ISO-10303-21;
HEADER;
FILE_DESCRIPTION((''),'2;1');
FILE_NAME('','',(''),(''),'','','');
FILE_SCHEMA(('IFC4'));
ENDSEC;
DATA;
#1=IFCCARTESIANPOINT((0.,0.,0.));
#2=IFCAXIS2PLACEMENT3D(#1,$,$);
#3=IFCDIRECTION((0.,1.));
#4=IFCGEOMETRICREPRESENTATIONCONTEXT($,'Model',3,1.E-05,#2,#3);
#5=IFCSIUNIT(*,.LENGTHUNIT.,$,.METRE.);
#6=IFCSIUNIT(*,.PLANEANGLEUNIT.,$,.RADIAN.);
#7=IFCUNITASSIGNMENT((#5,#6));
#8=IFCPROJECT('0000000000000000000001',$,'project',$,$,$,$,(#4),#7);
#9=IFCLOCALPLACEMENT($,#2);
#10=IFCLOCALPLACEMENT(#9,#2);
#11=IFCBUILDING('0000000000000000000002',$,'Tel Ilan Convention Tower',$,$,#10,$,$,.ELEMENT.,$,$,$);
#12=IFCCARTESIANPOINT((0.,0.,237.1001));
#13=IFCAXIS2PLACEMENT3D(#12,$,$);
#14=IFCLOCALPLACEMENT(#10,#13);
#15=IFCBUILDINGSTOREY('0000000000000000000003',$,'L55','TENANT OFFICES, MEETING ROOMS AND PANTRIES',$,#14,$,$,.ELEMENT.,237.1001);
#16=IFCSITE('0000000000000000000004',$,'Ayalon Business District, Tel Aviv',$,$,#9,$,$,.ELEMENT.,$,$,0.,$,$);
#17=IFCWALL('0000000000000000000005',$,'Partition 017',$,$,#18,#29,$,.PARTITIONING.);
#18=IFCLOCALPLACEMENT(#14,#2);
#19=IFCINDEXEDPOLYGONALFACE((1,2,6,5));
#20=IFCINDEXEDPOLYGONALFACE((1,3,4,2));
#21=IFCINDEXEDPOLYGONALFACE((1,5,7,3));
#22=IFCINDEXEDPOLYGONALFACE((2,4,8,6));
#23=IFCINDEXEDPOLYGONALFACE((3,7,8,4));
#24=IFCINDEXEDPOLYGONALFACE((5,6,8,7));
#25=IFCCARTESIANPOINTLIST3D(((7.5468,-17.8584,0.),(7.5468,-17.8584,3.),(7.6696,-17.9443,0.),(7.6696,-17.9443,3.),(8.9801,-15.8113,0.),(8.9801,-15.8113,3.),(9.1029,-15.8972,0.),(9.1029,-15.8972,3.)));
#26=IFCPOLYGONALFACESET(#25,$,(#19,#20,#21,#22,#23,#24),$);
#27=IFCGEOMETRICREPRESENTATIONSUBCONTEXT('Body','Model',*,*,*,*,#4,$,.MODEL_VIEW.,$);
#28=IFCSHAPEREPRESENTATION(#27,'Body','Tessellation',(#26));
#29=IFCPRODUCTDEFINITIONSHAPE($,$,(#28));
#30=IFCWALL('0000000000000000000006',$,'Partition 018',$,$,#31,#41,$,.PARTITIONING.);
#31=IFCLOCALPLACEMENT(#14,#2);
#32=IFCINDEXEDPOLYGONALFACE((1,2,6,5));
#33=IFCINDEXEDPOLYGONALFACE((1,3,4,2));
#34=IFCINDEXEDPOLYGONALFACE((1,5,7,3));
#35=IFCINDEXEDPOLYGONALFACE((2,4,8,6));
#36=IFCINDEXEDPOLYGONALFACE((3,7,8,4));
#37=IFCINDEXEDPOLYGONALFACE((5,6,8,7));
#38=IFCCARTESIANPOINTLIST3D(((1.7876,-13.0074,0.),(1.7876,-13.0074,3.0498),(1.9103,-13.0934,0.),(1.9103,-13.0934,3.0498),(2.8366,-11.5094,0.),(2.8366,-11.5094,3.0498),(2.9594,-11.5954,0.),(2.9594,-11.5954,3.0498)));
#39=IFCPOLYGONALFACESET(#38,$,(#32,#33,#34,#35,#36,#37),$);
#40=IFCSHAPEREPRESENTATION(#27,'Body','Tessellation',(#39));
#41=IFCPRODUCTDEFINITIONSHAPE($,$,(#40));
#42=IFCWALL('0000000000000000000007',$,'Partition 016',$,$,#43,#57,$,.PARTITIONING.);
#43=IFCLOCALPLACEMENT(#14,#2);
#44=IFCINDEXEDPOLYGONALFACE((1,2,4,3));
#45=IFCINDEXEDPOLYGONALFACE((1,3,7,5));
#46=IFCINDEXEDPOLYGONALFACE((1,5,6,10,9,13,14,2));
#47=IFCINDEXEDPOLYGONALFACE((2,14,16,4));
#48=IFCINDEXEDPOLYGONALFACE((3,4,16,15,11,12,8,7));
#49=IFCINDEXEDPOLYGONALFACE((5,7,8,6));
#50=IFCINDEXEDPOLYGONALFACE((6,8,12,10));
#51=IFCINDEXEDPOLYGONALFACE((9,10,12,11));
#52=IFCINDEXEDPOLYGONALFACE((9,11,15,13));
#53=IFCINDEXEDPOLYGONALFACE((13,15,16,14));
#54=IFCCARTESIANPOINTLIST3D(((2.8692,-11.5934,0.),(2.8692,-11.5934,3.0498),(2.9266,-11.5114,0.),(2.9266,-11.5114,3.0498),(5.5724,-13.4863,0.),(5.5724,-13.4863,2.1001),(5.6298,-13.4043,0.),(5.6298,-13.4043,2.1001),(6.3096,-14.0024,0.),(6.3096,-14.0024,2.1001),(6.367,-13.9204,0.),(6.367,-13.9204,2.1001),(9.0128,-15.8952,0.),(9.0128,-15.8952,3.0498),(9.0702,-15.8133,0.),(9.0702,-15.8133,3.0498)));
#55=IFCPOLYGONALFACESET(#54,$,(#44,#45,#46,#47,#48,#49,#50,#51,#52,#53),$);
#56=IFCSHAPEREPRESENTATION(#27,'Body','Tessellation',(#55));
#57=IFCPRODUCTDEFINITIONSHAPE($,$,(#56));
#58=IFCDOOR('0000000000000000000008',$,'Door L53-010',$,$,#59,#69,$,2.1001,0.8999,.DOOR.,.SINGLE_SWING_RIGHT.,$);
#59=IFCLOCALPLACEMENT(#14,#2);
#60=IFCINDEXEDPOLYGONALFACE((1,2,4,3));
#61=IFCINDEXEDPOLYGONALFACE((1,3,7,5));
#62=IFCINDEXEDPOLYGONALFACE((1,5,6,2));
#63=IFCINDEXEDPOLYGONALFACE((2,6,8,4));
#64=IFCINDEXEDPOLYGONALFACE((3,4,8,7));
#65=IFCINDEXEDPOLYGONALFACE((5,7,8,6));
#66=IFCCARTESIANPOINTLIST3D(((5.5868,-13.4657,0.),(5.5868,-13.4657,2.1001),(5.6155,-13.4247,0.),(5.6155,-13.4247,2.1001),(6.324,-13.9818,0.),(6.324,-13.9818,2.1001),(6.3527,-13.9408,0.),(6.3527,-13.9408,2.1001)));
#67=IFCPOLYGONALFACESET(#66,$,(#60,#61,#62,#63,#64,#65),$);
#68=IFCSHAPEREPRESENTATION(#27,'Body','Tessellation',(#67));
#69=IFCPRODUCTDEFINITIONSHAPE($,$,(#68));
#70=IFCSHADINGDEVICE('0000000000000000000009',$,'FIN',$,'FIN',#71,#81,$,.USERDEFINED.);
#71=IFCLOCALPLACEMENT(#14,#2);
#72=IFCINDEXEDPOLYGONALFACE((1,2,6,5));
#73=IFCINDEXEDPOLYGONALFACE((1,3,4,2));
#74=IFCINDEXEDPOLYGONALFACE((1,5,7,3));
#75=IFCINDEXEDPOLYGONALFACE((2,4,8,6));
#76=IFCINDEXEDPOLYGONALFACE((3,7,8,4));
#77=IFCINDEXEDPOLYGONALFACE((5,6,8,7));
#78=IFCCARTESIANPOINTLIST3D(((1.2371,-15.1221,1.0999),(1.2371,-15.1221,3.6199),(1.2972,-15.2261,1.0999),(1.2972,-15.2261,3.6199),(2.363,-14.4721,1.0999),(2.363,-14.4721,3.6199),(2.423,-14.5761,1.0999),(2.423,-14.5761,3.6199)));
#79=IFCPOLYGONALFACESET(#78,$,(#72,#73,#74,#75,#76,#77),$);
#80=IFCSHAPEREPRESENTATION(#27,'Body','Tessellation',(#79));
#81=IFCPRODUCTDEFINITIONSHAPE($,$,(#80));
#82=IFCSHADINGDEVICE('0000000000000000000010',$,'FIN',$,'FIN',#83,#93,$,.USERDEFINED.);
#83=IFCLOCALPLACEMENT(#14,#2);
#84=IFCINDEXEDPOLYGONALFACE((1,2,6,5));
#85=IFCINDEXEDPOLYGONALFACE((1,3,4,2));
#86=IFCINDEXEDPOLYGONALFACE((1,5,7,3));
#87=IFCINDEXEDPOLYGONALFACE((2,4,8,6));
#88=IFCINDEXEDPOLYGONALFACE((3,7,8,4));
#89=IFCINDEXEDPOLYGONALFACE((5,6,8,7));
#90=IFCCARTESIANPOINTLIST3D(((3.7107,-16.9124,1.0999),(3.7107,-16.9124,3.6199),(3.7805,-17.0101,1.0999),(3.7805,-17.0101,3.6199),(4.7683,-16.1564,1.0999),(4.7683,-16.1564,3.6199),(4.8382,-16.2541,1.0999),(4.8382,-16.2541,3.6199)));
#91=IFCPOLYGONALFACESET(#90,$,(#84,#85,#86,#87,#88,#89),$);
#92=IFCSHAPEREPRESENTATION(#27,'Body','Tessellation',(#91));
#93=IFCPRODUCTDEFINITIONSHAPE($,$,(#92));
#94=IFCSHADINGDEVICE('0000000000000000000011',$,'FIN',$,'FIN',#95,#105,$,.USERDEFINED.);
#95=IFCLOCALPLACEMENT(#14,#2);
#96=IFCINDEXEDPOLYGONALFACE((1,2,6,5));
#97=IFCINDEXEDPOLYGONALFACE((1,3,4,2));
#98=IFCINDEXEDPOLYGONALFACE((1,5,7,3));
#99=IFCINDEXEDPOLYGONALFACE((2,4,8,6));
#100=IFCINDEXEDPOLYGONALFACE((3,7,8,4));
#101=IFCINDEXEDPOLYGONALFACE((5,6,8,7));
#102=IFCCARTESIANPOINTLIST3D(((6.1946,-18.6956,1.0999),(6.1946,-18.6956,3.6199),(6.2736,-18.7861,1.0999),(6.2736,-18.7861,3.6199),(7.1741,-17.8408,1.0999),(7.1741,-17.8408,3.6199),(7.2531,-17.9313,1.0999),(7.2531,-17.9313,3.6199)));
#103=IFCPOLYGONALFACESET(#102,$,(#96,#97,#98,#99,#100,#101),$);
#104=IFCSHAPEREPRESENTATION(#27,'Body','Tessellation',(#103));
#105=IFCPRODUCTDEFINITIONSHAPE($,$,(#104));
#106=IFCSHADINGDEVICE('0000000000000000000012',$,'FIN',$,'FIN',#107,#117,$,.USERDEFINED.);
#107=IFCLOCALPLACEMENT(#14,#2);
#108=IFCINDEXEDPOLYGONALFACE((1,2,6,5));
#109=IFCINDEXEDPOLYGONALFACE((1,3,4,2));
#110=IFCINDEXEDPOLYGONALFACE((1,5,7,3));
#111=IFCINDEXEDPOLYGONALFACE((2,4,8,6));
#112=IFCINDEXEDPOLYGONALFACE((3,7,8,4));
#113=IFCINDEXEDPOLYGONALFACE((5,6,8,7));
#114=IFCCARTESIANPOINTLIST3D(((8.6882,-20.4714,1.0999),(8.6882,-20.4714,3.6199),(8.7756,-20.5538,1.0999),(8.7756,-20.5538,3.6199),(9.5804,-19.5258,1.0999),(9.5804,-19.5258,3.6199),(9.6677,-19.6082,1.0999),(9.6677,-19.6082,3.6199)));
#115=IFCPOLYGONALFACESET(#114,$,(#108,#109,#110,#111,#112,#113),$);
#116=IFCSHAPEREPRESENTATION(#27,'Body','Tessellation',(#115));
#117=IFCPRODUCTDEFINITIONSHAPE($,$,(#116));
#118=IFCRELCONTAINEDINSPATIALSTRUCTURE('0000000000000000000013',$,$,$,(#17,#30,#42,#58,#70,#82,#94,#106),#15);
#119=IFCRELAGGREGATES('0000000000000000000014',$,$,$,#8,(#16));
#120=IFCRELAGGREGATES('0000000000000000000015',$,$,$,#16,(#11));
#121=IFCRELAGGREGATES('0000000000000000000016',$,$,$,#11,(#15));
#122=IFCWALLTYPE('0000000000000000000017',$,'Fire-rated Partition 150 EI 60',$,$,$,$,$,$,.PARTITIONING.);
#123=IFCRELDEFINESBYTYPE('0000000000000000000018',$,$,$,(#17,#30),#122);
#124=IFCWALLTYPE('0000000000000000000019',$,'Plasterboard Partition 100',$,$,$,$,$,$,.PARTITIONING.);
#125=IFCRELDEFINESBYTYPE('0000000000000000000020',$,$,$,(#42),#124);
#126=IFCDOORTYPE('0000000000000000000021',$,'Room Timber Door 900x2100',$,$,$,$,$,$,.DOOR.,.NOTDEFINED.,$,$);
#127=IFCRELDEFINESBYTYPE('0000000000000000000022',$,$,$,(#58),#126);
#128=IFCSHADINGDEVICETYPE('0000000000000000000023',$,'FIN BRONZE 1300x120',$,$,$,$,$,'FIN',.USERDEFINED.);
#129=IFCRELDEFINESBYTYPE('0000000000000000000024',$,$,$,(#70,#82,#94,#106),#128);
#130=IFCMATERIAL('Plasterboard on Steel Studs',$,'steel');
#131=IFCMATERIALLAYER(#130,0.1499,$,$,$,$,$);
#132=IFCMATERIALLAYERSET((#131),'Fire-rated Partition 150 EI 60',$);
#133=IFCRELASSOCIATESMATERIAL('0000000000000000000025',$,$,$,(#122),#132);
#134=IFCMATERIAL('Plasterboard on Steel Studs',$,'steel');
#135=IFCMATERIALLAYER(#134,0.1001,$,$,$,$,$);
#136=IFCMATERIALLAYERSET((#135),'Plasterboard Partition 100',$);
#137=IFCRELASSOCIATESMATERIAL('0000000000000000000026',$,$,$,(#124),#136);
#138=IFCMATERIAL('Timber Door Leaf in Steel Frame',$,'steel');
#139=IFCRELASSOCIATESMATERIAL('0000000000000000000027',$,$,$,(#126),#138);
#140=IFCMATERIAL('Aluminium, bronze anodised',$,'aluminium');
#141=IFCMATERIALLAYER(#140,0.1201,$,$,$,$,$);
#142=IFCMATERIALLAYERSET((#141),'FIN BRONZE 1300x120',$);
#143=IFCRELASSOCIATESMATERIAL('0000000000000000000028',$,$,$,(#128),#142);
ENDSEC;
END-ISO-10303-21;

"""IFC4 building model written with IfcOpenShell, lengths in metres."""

from ifc_helpers import new_model, si_unit, direction, frame, frame_2d, origin, origin_2d, place, context, subcontext, project, spatial, rectangle, extrude, material, layer, layer_set, type_object, element, fill, save


model = new_model("IFC4")

# Units and contexts
model_context = context("Model", 3, precision=1e-05, world=origin(), true_north=direction((0.0, 1.0)))
body_context = subcontext(model_context, "Body", "Model", "MODEL_VIEW")
ifc_project = project(units=[si_unit("LENGTHUNIT", "METRE"), si_unit("PLANEANGLEUNIT", "RADIAN")], contexts=[model_context])

# Site, building, storey
site_placement = place(None, origin())
site = spatial("IfcSite", under=ifc_project, at=site_placement, Name="Ayalon Business District, Tel Aviv", CompositionType="ELEMENT", RefElevation=0.0)
building_placement = place(site_placement, origin())
building = spatial("IfcBuilding", under=site, at=building_placement, Name="Tel Ilan Convention Tower", CompositionType="ELEMENT")
storey_placement = place(building_placement, frame((0.0, 0.0, 237.1001)))
storey = spatial("IfcBuildingStorey", under=building, at=storey_placement, Name="L55", Description="TENANT OFFICES, MEETING ROOMS AND PANTRIES", CompositionType="ELEMENT", Elevation=237.1001)

# Walls
ifc_material_1 = material(Name="Plasterboard on Steel Studs", Category="steel")
ifc_layer_1 = layer(ifc_material_1, 0.1499)
ifc_layer_set_1 = layer_set([ifc_layer_1], Name="Fire-rated Partition 150 EI 60")
wall_type_1 = type_object("IfcWallType", Name="Fire-rated Partition 150 EI 60", PredefinedType="PARTITIONING", material=ifc_layer_set_1)
wall_1_placement = place(storey_placement, frame((9.0415, -15.8542, 0.0), z_axis=(0.0, 0.0, 1.0), x_axis=(-0.573561, -0.819163, 0.0)))
element("IfcWall", 1, at=wall_1_placement, inside=storey, type_object=wall_type_1, Name="Partition 017", PredefinedType="PARTITIONING", context=body_context, shape_type="SweptSolid", body=[
    extrude(rectangle(XDim=2.499, YDim=0.1499, at=frame_2d((1.2495, 0.0))), origin(), (0.0, 0.0, 1.0), 3.0),
])
wall_2_placement = place(storey_placement, frame((1.8489, -13.0505, 0.0), z_axis=(0.0, 0.0, 1.0), x_axis=(0.573624, 0.819119, 0.0)))
element("IfcWall", 2, at=wall_2_placement, inside=storey, type_object=wall_type_1, Name="Partition 018", PredefinedType="PARTITIONING", context=body_context, shape_type="SweptSolid", body=[
    extrude(rectangle(XDim=1.8289, YDim=0.1499, at=frame_2d((0.9146, 0.0))), origin(), (0.0, 0.0, 1.0), 3.0498),
])

# Wall, opening, door
ifc_material_2 = material(Name="Plasterboard on Steel Studs", Category="steel")
ifc_layer_2 = layer(ifc_material_2, 0.1001)
ifc_layer_set_2 = layer_set([ifc_layer_2], Name="Plasterboard Partition 100")
wall_type_2 = type_object("IfcWallType", Name="Plasterboard Partition 100", PredefinedType="PARTITIONING", material=ifc_layer_set_2)
wall_3_placement = place(storey_placement, frame((9.0415, -15.8542, 0.0), z_axis=(0.0, 0.0, 1.0), x_axis=(-0.819152, 0.573576, 0.0)))
wall_3 = element("IfcWall", 3, at=wall_3_placement, inside=storey, type_object=wall_type_2, Name="Partition 016", PredefinedType="PARTITIONING", context=body_context, shape_type="SweptSolid", body=[
    extrude(rectangle(XDim=7.5, YDim=0.1001, at=frame_2d((3.75, 0.0))), origin(), (0.0, 0.0, 1.0), 3.0498),
])
opening_placement = place(wall_3_placement, frame((3.3, 0.0, 0.0)))
opening = element("IfcOpeningElement", 4, at=opening_placement, cuts=wall_3, PredefinedType="OPENING", context=body_context, shape_type="SweptSolid", body=[
    extrude(rectangle(XDim=0.8999, YDim=2.1001, at=frame_2d((0.45, 1.05))), frame((0.0, 0.0601, 0.0), z_axis=(0.0, -1.0, 0.0), x_axis=(1.0, 0.0, 0.0)), (0.0, 0.0, 1.0), 0.1201),
])
ifc_material_3 = material(Name="Timber Door Leaf in Steel Frame", Category="steel")
door_type = type_object("IfcDoorType", Name="Room Timber Door 900x2100", OperationType="NOTDEFINED", PredefinedType="DOOR", material=ifc_material_3)
door_placement = place(opening_placement, origin())
door = element("IfcDoor", 5, at=door_placement, inside=storey, type_object=door_type, Name="Door L53-010", OperationType="SINGLE_SWING_RIGHT", OverallHeight=2.1001, OverallWidth=0.8999, PredefinedType="DOOR", context=body_context, shape_type="SweptSolid", body=[
    extrude(rectangle(XDim=0.8999, YDim=2.1001, at=frame_2d((0.45, 1.05))), frame((0.0, 0.0249, 0.0), z_axis=(0.0, -1.0, 0.0), x_axis=(1.0, 0.0, 0.0)), (0.0, 0.0, 1.0), 0.05),
])
fill(opening, door)

# Shading devices
ifc_material_4 = material(Name="Aluminium, bronze anodised", Category="aluminium")
ifc_layer_3 = layer(ifc_material_4, 0.1201)
ifc_layer_set_3 = layer_set([ifc_layer_3], Name="FIN BRONZE 1300x120")
shading_device_type = type_object("IfcShadingDeviceType", Name="FIN BRONZE 1300x120", ElementType="FIN", PredefinedType="USERDEFINED", material=ifc_layer_set_3)
for number, where, z_axis, x_axis, name in (
    (6, (1.8301, -14.8491, 1.0999), (0.0, 0.0, 1.0), (-0.866025, -0.5, 0.0), "FIN"),
    (7, (4.2744, -16.5833, 1.0999), (0.0, 0.0, 1.0), (-0.813552, -0.581492, 0.0), "FIN"),
    (8, (6.7239, -18.3135, 1.0999), (0.0, 0.0, 1.0), (-0.753436, -0.657521, 0.0), "FIN"),
    (9, (9.178, -20.0398, 1.0999), (0.0, 0.0, 1.0), (-0.686242, -0.727374, 0.0), "FIN"),
):
    element("IfcShadingDevice", number, at=place(storey_placement, frame(where, z_axis=z_axis, x_axis=x_axis)), inside=storey, type_object=shading_device_type, Name=name, ObjectType="FIN", PredefinedType="USERDEFINED", context=body_context, shape_type="SweptSolid", body=[
        extrude(rectangle(XDim=1.3, YDim=0.1201, at=origin_2d()), origin(), (0.0, 0.0, 1.0), 2.52),
    ])

save(model, "model.ifc")
